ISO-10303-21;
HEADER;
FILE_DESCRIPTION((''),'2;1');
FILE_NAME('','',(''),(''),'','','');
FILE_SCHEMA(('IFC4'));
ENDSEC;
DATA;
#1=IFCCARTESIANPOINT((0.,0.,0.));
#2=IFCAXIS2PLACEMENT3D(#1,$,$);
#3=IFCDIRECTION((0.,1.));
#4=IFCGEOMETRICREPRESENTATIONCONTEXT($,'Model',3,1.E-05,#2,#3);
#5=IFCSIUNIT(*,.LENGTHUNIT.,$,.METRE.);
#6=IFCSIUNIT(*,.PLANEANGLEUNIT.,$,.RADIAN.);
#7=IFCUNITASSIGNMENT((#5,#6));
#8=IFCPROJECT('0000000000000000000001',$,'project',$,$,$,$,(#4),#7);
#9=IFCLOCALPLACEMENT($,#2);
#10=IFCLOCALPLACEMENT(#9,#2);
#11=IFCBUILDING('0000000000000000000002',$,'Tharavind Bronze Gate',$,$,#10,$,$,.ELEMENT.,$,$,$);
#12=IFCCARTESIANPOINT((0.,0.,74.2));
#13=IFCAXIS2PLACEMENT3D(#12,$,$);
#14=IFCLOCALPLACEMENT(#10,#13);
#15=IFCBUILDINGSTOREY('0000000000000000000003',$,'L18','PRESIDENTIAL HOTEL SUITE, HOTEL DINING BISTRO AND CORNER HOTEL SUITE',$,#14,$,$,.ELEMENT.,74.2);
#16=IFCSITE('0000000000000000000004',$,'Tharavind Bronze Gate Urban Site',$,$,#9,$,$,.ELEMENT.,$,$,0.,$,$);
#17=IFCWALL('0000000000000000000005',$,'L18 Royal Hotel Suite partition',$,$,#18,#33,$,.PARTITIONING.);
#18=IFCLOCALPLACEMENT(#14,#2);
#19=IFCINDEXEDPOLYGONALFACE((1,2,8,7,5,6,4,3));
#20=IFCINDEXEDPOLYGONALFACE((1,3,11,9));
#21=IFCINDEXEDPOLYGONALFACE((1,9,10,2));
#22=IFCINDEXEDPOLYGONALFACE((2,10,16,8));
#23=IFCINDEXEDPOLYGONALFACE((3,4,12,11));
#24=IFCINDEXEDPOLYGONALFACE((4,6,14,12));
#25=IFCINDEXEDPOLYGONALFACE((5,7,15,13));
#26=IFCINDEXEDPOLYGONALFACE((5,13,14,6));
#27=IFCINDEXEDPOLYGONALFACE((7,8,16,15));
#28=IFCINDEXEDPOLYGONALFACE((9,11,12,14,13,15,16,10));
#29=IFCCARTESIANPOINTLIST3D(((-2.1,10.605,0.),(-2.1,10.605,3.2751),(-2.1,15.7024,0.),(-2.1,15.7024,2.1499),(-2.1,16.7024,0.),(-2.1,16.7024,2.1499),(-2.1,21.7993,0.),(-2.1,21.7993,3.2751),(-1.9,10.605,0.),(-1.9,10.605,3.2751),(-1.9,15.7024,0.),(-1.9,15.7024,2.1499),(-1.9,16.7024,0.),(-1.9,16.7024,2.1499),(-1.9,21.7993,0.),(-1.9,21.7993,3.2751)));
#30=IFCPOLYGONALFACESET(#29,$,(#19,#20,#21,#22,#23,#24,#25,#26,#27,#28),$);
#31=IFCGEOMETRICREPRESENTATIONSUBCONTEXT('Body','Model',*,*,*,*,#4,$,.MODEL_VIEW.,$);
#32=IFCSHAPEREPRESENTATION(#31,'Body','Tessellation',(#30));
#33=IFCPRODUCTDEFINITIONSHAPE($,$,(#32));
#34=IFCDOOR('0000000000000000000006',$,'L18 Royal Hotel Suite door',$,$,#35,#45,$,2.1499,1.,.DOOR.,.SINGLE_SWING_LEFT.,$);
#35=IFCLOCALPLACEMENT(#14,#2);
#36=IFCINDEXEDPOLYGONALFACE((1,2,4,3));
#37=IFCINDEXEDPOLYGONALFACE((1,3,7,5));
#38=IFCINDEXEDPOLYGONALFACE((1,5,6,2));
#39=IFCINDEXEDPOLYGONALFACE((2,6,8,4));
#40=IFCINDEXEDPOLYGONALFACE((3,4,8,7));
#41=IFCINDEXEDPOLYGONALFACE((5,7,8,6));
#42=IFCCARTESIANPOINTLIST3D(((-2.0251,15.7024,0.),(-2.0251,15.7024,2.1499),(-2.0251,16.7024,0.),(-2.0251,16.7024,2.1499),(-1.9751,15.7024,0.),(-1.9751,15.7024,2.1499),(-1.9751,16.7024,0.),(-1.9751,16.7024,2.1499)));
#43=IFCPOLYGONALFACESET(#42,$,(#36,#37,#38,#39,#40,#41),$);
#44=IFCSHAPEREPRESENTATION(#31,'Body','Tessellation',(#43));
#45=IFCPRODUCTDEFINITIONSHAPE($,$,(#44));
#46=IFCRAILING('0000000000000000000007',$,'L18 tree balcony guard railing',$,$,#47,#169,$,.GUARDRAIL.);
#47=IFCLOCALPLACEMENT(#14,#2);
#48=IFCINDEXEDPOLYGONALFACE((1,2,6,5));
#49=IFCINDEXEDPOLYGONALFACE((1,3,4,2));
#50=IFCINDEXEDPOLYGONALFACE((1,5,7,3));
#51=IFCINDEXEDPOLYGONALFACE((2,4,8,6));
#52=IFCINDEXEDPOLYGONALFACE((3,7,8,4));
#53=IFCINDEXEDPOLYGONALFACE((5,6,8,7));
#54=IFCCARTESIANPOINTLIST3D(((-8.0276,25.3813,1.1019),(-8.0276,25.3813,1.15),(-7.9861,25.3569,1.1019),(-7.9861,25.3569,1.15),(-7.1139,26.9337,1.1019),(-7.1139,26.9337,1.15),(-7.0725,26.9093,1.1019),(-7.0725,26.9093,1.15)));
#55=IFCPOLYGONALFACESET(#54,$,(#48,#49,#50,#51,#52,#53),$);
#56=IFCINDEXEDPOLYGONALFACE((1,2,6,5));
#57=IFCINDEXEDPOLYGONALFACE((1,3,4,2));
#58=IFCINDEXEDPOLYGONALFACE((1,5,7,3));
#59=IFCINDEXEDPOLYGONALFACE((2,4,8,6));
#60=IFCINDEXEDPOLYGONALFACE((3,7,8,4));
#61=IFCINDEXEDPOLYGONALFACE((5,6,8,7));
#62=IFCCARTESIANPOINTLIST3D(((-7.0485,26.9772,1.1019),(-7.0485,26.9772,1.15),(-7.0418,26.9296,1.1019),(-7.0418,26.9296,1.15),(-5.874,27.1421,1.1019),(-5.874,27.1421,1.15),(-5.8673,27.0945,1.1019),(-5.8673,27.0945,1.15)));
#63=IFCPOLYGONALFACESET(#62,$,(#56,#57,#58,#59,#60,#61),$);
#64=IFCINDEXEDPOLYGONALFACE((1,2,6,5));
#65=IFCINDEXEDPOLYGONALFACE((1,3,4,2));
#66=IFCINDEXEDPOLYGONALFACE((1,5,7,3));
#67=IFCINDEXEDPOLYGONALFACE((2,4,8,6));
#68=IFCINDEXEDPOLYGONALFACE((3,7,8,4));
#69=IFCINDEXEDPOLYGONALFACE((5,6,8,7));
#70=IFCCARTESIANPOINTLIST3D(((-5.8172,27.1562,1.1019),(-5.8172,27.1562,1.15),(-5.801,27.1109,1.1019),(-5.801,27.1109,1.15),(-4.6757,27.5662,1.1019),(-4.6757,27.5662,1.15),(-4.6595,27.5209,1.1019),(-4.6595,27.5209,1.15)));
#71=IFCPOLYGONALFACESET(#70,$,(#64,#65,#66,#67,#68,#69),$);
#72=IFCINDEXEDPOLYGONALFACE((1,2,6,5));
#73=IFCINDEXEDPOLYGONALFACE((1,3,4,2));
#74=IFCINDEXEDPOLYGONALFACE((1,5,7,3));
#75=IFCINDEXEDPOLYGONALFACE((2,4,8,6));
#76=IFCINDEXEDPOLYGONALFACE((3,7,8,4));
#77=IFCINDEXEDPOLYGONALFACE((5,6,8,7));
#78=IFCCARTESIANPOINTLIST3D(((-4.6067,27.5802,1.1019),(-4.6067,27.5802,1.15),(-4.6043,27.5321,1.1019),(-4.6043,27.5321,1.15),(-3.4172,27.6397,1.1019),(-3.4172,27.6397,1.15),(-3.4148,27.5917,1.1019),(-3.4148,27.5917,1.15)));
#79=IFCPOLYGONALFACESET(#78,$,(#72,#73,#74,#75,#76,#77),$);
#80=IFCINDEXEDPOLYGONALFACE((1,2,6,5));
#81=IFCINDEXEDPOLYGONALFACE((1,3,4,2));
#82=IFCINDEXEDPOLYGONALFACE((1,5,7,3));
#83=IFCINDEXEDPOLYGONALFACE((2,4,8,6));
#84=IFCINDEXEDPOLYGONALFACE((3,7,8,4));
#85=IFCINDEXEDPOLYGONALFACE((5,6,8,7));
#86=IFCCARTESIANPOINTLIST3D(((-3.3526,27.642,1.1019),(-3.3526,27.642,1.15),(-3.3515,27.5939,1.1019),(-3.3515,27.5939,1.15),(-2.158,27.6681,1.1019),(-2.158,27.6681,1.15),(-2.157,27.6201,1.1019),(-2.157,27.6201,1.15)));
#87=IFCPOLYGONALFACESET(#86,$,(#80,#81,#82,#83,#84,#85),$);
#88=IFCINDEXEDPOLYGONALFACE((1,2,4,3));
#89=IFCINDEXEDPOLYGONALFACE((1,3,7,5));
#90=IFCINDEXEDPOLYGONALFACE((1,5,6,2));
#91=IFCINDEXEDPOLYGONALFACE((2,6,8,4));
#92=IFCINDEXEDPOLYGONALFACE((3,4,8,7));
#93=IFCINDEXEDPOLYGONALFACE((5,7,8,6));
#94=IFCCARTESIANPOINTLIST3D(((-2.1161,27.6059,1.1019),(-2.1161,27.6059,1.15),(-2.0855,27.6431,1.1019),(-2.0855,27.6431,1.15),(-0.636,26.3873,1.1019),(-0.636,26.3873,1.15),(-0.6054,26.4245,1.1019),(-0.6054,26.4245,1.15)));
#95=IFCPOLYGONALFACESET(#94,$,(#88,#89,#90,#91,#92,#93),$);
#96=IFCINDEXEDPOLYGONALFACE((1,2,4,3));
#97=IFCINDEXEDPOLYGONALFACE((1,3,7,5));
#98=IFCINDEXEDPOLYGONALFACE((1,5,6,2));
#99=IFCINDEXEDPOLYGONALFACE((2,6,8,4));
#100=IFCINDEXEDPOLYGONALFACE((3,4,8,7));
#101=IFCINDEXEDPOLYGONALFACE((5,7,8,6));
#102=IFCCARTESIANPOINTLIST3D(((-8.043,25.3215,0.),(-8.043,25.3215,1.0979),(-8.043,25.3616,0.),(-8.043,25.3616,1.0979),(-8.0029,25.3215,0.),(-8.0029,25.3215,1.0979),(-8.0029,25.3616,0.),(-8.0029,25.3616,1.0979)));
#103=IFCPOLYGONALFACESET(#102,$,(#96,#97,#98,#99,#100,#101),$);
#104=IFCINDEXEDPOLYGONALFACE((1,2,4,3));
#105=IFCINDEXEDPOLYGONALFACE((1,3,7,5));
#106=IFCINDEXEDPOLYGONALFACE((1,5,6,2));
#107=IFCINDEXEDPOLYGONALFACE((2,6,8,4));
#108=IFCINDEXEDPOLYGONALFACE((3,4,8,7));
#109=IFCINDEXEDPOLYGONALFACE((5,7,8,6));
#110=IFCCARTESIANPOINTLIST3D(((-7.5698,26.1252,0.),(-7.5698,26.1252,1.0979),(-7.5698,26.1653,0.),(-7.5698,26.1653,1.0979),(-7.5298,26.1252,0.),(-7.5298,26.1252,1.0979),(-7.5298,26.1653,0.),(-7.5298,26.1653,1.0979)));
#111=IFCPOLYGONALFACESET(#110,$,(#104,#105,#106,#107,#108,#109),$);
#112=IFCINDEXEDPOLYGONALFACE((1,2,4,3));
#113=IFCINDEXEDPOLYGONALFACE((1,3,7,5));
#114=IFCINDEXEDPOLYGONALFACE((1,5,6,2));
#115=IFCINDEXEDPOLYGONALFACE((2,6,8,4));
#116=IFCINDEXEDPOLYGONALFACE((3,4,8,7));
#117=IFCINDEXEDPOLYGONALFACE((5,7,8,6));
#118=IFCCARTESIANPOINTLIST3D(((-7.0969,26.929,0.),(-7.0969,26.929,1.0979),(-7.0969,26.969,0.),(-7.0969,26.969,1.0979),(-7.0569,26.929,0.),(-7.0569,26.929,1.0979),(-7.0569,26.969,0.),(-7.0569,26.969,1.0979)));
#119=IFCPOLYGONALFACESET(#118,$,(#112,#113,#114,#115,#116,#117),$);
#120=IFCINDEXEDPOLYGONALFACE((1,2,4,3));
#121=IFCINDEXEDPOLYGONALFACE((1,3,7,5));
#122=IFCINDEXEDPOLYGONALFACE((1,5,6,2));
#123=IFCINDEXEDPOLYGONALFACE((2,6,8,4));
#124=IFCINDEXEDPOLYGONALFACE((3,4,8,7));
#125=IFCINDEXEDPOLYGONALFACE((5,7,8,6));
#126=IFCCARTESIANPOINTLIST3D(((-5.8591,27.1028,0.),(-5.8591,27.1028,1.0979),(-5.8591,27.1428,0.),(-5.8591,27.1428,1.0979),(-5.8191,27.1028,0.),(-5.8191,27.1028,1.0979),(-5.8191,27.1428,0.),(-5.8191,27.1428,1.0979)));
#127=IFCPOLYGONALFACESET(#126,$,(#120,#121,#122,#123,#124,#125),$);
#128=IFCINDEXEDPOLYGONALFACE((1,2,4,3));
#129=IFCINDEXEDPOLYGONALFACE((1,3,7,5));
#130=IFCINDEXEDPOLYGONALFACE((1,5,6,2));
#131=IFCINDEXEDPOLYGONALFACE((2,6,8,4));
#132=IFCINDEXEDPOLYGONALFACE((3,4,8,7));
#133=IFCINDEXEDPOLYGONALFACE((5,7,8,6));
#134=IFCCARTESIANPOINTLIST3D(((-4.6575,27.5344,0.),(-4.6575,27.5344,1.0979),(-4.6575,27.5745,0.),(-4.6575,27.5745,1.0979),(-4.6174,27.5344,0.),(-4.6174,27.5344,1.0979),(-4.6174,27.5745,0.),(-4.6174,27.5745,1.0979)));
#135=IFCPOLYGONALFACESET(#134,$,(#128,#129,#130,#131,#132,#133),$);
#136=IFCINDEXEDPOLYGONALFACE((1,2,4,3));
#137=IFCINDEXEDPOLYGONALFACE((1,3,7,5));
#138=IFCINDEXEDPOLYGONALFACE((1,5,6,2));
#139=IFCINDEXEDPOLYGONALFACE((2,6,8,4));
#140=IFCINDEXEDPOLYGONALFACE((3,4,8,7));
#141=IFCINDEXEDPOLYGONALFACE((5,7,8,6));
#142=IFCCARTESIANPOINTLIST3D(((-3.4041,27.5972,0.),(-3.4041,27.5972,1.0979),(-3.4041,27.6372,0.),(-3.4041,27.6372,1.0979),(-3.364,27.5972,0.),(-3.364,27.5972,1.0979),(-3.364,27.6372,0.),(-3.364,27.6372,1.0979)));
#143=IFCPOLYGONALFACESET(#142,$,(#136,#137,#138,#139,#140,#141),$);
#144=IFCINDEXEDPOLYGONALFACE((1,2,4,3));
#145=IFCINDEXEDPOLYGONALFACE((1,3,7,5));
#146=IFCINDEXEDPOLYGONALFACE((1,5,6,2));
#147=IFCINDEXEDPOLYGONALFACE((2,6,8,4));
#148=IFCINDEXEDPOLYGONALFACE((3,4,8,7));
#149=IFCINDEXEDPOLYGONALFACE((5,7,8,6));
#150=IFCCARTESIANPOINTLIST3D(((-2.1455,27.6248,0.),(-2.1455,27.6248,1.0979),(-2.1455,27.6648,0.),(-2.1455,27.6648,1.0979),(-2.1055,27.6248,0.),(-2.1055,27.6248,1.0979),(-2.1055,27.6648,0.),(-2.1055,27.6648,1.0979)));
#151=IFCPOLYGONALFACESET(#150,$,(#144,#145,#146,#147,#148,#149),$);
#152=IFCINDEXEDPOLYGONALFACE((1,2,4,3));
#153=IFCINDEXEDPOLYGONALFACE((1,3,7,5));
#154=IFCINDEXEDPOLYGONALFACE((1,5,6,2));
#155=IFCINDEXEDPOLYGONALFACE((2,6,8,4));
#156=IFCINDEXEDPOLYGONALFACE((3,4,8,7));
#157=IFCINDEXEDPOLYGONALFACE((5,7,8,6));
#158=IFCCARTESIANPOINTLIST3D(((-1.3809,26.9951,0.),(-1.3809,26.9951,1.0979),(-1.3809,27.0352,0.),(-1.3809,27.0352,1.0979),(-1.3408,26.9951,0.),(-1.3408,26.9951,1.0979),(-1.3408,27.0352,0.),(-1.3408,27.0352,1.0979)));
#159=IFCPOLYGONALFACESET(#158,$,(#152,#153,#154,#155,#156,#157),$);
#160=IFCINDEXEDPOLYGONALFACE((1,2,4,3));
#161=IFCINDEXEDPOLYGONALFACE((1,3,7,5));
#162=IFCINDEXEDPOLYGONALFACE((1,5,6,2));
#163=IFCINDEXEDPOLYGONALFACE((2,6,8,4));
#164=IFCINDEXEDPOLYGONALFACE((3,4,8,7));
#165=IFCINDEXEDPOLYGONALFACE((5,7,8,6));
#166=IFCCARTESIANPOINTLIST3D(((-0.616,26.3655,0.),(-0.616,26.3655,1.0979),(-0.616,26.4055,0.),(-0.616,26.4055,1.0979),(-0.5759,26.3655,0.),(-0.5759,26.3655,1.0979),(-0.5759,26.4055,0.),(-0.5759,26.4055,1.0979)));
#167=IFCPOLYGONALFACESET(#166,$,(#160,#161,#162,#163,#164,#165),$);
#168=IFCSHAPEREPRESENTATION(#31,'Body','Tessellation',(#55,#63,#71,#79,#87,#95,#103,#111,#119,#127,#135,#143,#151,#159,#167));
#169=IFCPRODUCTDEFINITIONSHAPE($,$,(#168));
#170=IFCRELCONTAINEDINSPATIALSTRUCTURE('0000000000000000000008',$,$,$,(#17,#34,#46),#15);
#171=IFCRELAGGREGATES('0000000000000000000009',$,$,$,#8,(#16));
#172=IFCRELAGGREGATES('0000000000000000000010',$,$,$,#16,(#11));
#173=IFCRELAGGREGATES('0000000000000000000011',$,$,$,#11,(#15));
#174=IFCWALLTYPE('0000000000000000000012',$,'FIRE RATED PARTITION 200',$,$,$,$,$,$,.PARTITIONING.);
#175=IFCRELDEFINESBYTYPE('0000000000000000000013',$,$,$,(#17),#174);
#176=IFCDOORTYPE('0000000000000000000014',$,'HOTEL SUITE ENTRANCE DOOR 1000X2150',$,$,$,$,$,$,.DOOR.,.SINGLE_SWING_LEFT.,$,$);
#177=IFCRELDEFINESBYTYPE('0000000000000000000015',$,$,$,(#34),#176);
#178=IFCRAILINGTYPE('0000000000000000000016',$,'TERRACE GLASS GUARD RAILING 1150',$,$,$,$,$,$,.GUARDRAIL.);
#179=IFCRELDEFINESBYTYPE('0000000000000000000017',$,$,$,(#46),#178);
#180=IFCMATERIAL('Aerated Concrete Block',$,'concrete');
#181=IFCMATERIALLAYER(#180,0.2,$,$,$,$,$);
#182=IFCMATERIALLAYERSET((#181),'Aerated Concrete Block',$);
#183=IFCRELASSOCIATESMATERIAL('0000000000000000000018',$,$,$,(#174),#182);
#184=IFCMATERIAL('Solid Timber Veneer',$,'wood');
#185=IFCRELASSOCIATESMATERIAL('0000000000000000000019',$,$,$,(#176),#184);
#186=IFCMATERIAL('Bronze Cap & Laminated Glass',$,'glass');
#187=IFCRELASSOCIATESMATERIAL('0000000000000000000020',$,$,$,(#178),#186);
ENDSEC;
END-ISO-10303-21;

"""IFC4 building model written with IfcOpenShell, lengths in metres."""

from ifc_helpers import new_model, si_unit, direction, frame, frame_2d, origin, origin_2d, place, context, subcontext, project, spatial, rectangle, extrude, material, layer, layer_set, type_object, element, fill, save


model = new_model("IFC4")

# Units and contexts
model_context = context("Model", 3, precision=1e-05, world=origin(), true_north=direction((0.0, 1.0)))
body_context = subcontext(model_context, "Body", "Model", "MODEL_VIEW")
ifc_project = project(units=[si_unit("LENGTHUNIT", "METRE"), si_unit("PLANEANGLEUNIT", "RADIAN")], contexts=[model_context])

# Site, building, storey
site_placement = place(None, origin())
site = spatial("IfcSite", under=ifc_project, at=site_placement, Name="Tharavind Bronze Gate Urban Site", CompositionType="ELEMENT", RefElevation=0.0)
building_placement = place(site_placement, origin())
building = spatial("IfcBuilding", under=site, at=building_placement, Name="Tharavind Bronze Gate", CompositionType="ELEMENT")
storey_placement = place(building_placement, frame((0.0, 0.0, 74.2)))
storey = spatial("IfcBuildingStorey", under=building, at=storey_placement, Name="L18", Description="PRESIDENTIAL HOTEL SUITE, HOTEL DINING BISTRO AND CORNER HOTEL SUITE", CompositionType="ELEMENT", Elevation=74.2)

# Wall, opening, door
ifc_material_1 = material(Name="Aerated Concrete Block", Category="concrete")
ifc_layer_1 = layer(ifc_material_1, 0.2)
ifc_layer_set_1 = layer_set([ifc_layer_1], Name="Aerated Concrete Block")
wall_type_1 = type_object("IfcWallType", Name="FIRE RATED PARTITION 200", PredefinedType="PARTITIONING", material=ifc_layer_set_1)
wall_1_placement = place(storey_placement, frame((-2.0, 21.7993, 0.0), z_axis=(0.0, 0.0, 1.0), x_axis=(0.0, -1.0, 0.0)))
wall_1 = element("IfcWall", 1, at=wall_1_placement, inside=storey, type_object=wall_type_1, Name="L18 Royal Hotel Suite partition", PredefinedType="PARTITIONING", context=body_context, shape_type="SweptSolid", body=[
    extrude(rectangle(XDim=11.1943, YDim=0.2, at=frame_2d((5.5972, 0.0))), origin(), (0.0, 0.0, 1.0), 3.2751),
])
opening_1_placement = place(wall_1_placement, frame((5.0969, 0.0, 0.0)))
opening_1 = element("IfcOpeningElement", 2, at=opening_1_placement, cuts=wall_1, PredefinedType="OPENING", context=body_context, shape_type="SweptSolid", body=[
    extrude(rectangle(XDim=1.0, YDim=2.1499, at=frame_2d((0.5, 1.075))), frame((0.0, 0.1101, 0.0), z_axis=(0.0, -1.0, 0.0), x_axis=(1.0, 0.0, 0.0)), (0.0, 0.0, 1.0), 0.22),
])
ifc_material_2 = material(Name="Solid Timber Veneer", Category="wood")
door_type_1 = type_object("IfcDoorType", Name="HOTEL SUITE ENTRANCE DOOR 1000X2150", OperationType="SINGLE_SWING_LEFT", PredefinedType="DOOR", material=ifc_material_2)
door_1_placement = place(opening_1_placement, origin())
door_1 = element("IfcDoor", 3, at=door_1_placement, inside=storey, type_object=door_type_1, Name="L18 Royal Hotel Suite door", OperationType="SINGLE_SWING_LEFT", OverallHeight=2.1499, OverallWidth=1.0, PredefinedType="DOOR", context=body_context, shape_type="SweptSolid", body=[
    extrude(rectangle(XDim=1.0, YDim=2.1499, at=frame_2d((0.5, 1.075))), frame((0.0, 0.0249, 0.0), z_axis=(0.0, -1.0, 0.0), x_axis=(1.0, 0.0, 0.0)), (0.0, 0.0, 1.0), 0.05),
])
fill(opening_1, door_1)

# Railing
ifc_material_3 = material(Name="Bronze Cap & Laminated Glass", Category="glass")
railing_type = type_object("IfcRailingType", Name="TERRACE GLASS GUARD RAILING 1150", PredefinedType="GUARDRAIL", material=ifc_material_3)
railing_placement = place(storey_placement, frame((-8.0229, 25.3416, 0.0)))
element("IfcRailing", 4, at=railing_placement, inside=storey, type_object=railing_type, Name="L18 tree balcony guard railing", PredefinedType="GUARDRAIL", context=body_context, shape_type="SweptSolid", body=[
    extrude(rectangle(XDim=0.0481, YDim=0.0481, at=origin_2d()), frame((0.0161, 0.0276, 1.126), z_axis=(0.50722, 0.861816, 0.0), x_axis=(-0.861816, 0.50722, 0.0)), (0.0, 0.0, 1.0), 1.8013),
    extrude(rectangle(XDim=0.0481, YDim=0.0481, at=origin_2d()), frame((0.9778, 1.6118, 1.126), z_axis=(0.990283, 0.139069, 0.0), x_axis=(-0.139069, 0.990283, 0.0)), (0.0, 0.0, 1.0), 1.186),
    extrude(rectangle(XDim=0.0481, YDim=0.0481, at=origin_2d()), frame((2.2139, 1.792, 1.126), z_axis=(0.941126, 0.338056, 0.0), x_axis=(-0.338056, 0.941126, 0.0)), (0.0, 0.0, 1.0), 1.2129),
    extrude(rectangle(XDim=0.0481, YDim=0.0481, at=origin_2d()), frame((3.4175, 2.2146, 1.126), z_axis=(0.998749, 0.049996, 0.0), x_axis=(-0.049996, 0.998749, 0.0)), (0.0, 0.0, 1.0), 1.1909),
    extrude(rectangle(XDim=0.0481, YDim=0.0481, at=origin_2d()), frame((4.6709, 2.2764, 1.126), z_axis=(0.99976, 0.021915, 0.0), x_axis=(-0.021915, 0.99976, 0.0)), (0.0, 0.0, 1.0), 1.1948),
    extrude(rectangle(XDim=0.0481, YDim=0.0481, at=origin_2d()), frame((5.9221, 2.283, 1.126), z_axis=(0.772016, -0.635604, 0.0), x_axis=(0.635604, 0.772016, 0.0)), (0.0, 0.0, 1.0), 1.9172),
    extrude(rectangle(XDim=0.04, YDim=0.04, at=origin_2d()), origin(), (0.0, 0.0, 1.0), 1.0979),
    extrude(rectangle(XDim=0.04, YDim=0.04, at=origin_2d()), frame((0.4731, 0.8037, 0.0)), (0.0, 0.0, 1.0), 1.0979),
    extrude(rectangle(XDim=0.04, YDim=0.04, at=origin_2d()), frame((0.946, 1.6074, 0.0)), (0.0, 0.0, 1.0), 1.0979),
    extrude(rectangle(XDim=0.04, YDim=0.04, at=origin_2d()), frame((2.1838, 1.7812, 0.0)), (0.0, 0.0, 1.0), 1.0979),
    extrude(rectangle(XDim=0.04, YDim=0.04, at=origin_2d()), frame((3.3855, 2.2129, 0.0)), (0.0, 0.0, 1.0), 1.0979),
    extrude(rectangle(XDim=0.04, YDim=0.04, at=origin_2d()), frame((4.6389, 2.2756, 0.0)), (0.0, 0.0, 1.0), 1.0979),
    extrude(rectangle(XDim=0.04, YDim=0.04, at=origin_2d()), frame((5.8975, 2.3032, 0.0)), (0.0, 0.0, 1.0), 1.0979),
    extrude(rectangle(XDim=0.04, YDim=0.04, at=origin_2d()), frame((6.6621, 1.6736, 0.0)), (0.0, 0.0, 1.0), 1.0979),
    extrude(rectangle(XDim=0.04, YDim=0.04, at=origin_2d()), frame((7.427, 1.0439, 0.0)), (0.0, 0.0, 1.0), 1.0979),
])

save(model, "model.ifc")
